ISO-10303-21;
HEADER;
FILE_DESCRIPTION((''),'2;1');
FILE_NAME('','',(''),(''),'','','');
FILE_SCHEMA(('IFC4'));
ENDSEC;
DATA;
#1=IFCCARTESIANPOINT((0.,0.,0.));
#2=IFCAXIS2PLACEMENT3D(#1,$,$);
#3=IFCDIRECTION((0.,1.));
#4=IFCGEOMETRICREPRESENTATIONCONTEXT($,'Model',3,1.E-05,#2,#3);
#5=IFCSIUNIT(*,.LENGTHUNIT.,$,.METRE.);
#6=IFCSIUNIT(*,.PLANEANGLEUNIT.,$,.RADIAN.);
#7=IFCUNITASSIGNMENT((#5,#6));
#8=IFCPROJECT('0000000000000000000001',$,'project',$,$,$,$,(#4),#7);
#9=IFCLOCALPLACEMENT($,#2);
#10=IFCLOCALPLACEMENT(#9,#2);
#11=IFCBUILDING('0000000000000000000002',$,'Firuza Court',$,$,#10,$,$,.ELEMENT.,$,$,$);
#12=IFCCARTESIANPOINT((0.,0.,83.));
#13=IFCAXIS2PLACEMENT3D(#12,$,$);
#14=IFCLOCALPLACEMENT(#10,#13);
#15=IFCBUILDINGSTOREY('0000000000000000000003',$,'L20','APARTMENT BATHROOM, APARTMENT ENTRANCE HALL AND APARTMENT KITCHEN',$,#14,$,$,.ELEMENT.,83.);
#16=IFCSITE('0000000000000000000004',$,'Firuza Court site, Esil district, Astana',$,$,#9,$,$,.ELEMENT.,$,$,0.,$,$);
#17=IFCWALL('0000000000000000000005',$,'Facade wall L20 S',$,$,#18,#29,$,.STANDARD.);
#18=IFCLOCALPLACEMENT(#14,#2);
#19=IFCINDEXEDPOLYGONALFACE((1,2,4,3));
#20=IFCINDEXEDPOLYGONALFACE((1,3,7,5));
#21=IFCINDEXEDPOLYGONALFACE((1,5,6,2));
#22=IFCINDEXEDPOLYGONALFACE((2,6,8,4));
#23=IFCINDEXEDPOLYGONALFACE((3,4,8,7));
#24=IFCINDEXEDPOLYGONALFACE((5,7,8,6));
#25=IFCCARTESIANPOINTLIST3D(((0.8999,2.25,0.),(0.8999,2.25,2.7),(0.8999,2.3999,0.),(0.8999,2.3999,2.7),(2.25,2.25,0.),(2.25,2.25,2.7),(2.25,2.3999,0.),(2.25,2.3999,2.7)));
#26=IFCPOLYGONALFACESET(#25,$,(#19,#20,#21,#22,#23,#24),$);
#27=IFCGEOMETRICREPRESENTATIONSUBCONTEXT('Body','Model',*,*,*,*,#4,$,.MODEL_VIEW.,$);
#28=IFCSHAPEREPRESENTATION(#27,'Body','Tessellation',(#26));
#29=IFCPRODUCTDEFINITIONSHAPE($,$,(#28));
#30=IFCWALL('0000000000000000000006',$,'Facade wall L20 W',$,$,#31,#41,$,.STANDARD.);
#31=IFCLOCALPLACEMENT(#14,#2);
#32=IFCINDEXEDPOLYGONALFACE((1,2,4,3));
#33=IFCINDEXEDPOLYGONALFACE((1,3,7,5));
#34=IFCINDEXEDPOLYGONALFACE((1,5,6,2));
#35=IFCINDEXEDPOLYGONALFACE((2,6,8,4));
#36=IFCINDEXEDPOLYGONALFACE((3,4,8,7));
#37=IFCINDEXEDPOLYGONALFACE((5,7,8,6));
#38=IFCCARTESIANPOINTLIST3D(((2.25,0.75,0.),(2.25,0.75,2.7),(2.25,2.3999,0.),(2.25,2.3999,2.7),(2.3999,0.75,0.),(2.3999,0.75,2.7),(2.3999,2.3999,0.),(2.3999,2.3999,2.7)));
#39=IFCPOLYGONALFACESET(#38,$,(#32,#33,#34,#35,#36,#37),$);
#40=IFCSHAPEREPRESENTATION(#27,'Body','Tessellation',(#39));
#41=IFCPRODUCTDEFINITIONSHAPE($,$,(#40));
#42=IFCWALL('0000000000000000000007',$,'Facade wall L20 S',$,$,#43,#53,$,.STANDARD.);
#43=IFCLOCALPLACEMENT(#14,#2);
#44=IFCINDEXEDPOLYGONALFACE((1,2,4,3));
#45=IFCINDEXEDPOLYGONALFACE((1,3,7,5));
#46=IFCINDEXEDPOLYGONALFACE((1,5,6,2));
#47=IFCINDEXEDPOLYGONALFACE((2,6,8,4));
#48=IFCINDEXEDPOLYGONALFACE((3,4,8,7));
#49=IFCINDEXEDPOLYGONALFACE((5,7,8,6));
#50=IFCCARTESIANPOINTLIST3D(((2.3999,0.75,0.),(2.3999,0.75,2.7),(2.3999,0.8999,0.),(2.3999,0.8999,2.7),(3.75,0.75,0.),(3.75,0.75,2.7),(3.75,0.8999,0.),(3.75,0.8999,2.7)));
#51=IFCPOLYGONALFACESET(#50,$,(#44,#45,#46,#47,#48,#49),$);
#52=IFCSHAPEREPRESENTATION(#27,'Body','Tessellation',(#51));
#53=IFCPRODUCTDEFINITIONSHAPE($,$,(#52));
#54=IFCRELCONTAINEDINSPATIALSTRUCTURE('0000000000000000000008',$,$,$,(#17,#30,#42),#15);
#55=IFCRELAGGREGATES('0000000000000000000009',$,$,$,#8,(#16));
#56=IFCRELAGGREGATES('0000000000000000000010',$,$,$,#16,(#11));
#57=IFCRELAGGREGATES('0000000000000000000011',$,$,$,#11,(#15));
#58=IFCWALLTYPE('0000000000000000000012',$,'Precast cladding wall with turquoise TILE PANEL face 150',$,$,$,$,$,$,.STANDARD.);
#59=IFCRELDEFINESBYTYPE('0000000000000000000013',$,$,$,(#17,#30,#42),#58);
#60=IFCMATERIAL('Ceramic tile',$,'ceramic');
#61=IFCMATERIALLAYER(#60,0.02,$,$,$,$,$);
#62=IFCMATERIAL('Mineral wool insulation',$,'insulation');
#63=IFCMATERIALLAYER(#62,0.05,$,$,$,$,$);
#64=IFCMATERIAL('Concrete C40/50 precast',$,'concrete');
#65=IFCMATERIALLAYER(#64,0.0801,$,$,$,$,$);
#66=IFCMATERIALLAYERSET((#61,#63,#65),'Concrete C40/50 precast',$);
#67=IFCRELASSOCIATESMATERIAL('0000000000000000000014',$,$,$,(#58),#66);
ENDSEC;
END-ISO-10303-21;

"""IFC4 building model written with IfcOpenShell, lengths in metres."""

from ifc_helpers import new_model, si_unit, direction, frame, frame_2d, origin, place, context, subcontext, project, spatial, rectangle, extrude, material, layer, layer_set, type_object, element, save


model = new_model("IFC4")

# Units and contexts
model_context = context("Model", 3, precision=1e-05, world=origin(), true_north=direction((0.0, 1.0)))
body_context = subcontext(model_context, "Body", "Model", "MODEL_VIEW")
ifc_project = project(units=[si_unit("LENGTHUNIT", "METRE"), si_unit("PLANEANGLEUNIT", "RADIAN")], contexts=[model_context])

# Site, building, storey
site_placement = place(None, origin())
site = spatial("IfcSite", under=ifc_project, at=site_placement, Name="Firuza Court site, Esil district, Astana", CompositionType="ELEMENT", RefElevation=0.0)
building_placement = place(site_placement, origin())
building = spatial("IfcBuilding", under=site, at=building_placement, Name="Firuza Court", CompositionType="ELEMENT")
storey_placement = place(building_placement, frame((0.0, 0.0, 83.0)))
storey = spatial("IfcBuildingStorey", under=building, at=storey_placement, Name="L20", Description="APARTMENT BATHROOM, APARTMENT ENTRANCE HALL AND APARTMENT KITCHEN", CompositionType="ELEMENT", Elevation=83.0)

# Shared definitions
ifc_material_1 = material(Name="Concrete C40/50 precast", Category="concrete")

# Walls
ifc_material_2 = material(Name="Ceramic tile", Category="ceramic")
ifc_layer_1 = layer(ifc_material_2, 0.02)
ifc_material_3 = material(Name="Mineral wool insulation", Category="insulation")
ifc_layer_2 = layer(ifc_material_3, 0.05)
ifc_layer_3 = layer(ifc_material_1, 0.0801)
ifc_layer_set_1 = layer_set([ifc_layer_1, ifc_layer_2, ifc_layer_3], Name="Concrete C40/50 precast")
wall_type_1 = type_object("IfcWallType", Name="Precast cladding wall with turquoise TILE PANEL face 150", PredefinedType="STANDARD", material=ifc_layer_set_1)
wall_1_placement = place(storey_placement, frame((0.8999, 2.325, 0.0), z_axis=(0.0, 0.0, 1.0), x_axis=(1.0, 0.0, 0.0)))
element("IfcWall", 1, at=wall_1_placement, inside=storey, type_object=wall_type_1, Name="Facade wall L20 S", PredefinedType="STANDARD", context=body_context, shape_type="SweptSolid", body=[
    extrude(rectangle(XDim=1.3501, YDim=0.1499, at=frame_2d((0.675, 0.0))), origin(), (0.0, 0.0, 1.0), 2.7),
])
wall_2_placement = place(storey_placement, frame((2.325, 2.3999, 0.0), z_axis=(0.0, 0.0, 1.0), x_axis=(0.0, -1.0, 0.0)))
element("IfcWall", 2, at=wall_2_placement, inside=storey, type_object=wall_type_1, Name="Facade wall L20 W", PredefinedType="STANDARD", context=body_context, shape_type="SweptSolid", body=[
    extrude(rectangle(XDim=1.6499, YDim=0.1499, at=frame_2d((0.825, 0.0))), origin(), (0.0, 0.0, 1.0), 2.7),
])
wall_3_placement = place(storey_placement, frame((2.3999, 0.825, 0.0), z_axis=(0.0, 0.0, 1.0), x_axis=(1.0, 0.0, 0.0)))
element("IfcWall", 3, at=wall_3_placement, inside=storey, type_object=wall_type_1, Name="Facade wall L20 S", PredefinedType="STANDARD", context=body_context, shape_type="SweptSolid", body=[
    extrude(rectangle(XDim=1.3501, YDim=0.1499, at=frame_2d((0.675, 0.0))), origin(), (0.0, 0.0, 1.0), 2.7),
])

save(model, "model.ifc")
